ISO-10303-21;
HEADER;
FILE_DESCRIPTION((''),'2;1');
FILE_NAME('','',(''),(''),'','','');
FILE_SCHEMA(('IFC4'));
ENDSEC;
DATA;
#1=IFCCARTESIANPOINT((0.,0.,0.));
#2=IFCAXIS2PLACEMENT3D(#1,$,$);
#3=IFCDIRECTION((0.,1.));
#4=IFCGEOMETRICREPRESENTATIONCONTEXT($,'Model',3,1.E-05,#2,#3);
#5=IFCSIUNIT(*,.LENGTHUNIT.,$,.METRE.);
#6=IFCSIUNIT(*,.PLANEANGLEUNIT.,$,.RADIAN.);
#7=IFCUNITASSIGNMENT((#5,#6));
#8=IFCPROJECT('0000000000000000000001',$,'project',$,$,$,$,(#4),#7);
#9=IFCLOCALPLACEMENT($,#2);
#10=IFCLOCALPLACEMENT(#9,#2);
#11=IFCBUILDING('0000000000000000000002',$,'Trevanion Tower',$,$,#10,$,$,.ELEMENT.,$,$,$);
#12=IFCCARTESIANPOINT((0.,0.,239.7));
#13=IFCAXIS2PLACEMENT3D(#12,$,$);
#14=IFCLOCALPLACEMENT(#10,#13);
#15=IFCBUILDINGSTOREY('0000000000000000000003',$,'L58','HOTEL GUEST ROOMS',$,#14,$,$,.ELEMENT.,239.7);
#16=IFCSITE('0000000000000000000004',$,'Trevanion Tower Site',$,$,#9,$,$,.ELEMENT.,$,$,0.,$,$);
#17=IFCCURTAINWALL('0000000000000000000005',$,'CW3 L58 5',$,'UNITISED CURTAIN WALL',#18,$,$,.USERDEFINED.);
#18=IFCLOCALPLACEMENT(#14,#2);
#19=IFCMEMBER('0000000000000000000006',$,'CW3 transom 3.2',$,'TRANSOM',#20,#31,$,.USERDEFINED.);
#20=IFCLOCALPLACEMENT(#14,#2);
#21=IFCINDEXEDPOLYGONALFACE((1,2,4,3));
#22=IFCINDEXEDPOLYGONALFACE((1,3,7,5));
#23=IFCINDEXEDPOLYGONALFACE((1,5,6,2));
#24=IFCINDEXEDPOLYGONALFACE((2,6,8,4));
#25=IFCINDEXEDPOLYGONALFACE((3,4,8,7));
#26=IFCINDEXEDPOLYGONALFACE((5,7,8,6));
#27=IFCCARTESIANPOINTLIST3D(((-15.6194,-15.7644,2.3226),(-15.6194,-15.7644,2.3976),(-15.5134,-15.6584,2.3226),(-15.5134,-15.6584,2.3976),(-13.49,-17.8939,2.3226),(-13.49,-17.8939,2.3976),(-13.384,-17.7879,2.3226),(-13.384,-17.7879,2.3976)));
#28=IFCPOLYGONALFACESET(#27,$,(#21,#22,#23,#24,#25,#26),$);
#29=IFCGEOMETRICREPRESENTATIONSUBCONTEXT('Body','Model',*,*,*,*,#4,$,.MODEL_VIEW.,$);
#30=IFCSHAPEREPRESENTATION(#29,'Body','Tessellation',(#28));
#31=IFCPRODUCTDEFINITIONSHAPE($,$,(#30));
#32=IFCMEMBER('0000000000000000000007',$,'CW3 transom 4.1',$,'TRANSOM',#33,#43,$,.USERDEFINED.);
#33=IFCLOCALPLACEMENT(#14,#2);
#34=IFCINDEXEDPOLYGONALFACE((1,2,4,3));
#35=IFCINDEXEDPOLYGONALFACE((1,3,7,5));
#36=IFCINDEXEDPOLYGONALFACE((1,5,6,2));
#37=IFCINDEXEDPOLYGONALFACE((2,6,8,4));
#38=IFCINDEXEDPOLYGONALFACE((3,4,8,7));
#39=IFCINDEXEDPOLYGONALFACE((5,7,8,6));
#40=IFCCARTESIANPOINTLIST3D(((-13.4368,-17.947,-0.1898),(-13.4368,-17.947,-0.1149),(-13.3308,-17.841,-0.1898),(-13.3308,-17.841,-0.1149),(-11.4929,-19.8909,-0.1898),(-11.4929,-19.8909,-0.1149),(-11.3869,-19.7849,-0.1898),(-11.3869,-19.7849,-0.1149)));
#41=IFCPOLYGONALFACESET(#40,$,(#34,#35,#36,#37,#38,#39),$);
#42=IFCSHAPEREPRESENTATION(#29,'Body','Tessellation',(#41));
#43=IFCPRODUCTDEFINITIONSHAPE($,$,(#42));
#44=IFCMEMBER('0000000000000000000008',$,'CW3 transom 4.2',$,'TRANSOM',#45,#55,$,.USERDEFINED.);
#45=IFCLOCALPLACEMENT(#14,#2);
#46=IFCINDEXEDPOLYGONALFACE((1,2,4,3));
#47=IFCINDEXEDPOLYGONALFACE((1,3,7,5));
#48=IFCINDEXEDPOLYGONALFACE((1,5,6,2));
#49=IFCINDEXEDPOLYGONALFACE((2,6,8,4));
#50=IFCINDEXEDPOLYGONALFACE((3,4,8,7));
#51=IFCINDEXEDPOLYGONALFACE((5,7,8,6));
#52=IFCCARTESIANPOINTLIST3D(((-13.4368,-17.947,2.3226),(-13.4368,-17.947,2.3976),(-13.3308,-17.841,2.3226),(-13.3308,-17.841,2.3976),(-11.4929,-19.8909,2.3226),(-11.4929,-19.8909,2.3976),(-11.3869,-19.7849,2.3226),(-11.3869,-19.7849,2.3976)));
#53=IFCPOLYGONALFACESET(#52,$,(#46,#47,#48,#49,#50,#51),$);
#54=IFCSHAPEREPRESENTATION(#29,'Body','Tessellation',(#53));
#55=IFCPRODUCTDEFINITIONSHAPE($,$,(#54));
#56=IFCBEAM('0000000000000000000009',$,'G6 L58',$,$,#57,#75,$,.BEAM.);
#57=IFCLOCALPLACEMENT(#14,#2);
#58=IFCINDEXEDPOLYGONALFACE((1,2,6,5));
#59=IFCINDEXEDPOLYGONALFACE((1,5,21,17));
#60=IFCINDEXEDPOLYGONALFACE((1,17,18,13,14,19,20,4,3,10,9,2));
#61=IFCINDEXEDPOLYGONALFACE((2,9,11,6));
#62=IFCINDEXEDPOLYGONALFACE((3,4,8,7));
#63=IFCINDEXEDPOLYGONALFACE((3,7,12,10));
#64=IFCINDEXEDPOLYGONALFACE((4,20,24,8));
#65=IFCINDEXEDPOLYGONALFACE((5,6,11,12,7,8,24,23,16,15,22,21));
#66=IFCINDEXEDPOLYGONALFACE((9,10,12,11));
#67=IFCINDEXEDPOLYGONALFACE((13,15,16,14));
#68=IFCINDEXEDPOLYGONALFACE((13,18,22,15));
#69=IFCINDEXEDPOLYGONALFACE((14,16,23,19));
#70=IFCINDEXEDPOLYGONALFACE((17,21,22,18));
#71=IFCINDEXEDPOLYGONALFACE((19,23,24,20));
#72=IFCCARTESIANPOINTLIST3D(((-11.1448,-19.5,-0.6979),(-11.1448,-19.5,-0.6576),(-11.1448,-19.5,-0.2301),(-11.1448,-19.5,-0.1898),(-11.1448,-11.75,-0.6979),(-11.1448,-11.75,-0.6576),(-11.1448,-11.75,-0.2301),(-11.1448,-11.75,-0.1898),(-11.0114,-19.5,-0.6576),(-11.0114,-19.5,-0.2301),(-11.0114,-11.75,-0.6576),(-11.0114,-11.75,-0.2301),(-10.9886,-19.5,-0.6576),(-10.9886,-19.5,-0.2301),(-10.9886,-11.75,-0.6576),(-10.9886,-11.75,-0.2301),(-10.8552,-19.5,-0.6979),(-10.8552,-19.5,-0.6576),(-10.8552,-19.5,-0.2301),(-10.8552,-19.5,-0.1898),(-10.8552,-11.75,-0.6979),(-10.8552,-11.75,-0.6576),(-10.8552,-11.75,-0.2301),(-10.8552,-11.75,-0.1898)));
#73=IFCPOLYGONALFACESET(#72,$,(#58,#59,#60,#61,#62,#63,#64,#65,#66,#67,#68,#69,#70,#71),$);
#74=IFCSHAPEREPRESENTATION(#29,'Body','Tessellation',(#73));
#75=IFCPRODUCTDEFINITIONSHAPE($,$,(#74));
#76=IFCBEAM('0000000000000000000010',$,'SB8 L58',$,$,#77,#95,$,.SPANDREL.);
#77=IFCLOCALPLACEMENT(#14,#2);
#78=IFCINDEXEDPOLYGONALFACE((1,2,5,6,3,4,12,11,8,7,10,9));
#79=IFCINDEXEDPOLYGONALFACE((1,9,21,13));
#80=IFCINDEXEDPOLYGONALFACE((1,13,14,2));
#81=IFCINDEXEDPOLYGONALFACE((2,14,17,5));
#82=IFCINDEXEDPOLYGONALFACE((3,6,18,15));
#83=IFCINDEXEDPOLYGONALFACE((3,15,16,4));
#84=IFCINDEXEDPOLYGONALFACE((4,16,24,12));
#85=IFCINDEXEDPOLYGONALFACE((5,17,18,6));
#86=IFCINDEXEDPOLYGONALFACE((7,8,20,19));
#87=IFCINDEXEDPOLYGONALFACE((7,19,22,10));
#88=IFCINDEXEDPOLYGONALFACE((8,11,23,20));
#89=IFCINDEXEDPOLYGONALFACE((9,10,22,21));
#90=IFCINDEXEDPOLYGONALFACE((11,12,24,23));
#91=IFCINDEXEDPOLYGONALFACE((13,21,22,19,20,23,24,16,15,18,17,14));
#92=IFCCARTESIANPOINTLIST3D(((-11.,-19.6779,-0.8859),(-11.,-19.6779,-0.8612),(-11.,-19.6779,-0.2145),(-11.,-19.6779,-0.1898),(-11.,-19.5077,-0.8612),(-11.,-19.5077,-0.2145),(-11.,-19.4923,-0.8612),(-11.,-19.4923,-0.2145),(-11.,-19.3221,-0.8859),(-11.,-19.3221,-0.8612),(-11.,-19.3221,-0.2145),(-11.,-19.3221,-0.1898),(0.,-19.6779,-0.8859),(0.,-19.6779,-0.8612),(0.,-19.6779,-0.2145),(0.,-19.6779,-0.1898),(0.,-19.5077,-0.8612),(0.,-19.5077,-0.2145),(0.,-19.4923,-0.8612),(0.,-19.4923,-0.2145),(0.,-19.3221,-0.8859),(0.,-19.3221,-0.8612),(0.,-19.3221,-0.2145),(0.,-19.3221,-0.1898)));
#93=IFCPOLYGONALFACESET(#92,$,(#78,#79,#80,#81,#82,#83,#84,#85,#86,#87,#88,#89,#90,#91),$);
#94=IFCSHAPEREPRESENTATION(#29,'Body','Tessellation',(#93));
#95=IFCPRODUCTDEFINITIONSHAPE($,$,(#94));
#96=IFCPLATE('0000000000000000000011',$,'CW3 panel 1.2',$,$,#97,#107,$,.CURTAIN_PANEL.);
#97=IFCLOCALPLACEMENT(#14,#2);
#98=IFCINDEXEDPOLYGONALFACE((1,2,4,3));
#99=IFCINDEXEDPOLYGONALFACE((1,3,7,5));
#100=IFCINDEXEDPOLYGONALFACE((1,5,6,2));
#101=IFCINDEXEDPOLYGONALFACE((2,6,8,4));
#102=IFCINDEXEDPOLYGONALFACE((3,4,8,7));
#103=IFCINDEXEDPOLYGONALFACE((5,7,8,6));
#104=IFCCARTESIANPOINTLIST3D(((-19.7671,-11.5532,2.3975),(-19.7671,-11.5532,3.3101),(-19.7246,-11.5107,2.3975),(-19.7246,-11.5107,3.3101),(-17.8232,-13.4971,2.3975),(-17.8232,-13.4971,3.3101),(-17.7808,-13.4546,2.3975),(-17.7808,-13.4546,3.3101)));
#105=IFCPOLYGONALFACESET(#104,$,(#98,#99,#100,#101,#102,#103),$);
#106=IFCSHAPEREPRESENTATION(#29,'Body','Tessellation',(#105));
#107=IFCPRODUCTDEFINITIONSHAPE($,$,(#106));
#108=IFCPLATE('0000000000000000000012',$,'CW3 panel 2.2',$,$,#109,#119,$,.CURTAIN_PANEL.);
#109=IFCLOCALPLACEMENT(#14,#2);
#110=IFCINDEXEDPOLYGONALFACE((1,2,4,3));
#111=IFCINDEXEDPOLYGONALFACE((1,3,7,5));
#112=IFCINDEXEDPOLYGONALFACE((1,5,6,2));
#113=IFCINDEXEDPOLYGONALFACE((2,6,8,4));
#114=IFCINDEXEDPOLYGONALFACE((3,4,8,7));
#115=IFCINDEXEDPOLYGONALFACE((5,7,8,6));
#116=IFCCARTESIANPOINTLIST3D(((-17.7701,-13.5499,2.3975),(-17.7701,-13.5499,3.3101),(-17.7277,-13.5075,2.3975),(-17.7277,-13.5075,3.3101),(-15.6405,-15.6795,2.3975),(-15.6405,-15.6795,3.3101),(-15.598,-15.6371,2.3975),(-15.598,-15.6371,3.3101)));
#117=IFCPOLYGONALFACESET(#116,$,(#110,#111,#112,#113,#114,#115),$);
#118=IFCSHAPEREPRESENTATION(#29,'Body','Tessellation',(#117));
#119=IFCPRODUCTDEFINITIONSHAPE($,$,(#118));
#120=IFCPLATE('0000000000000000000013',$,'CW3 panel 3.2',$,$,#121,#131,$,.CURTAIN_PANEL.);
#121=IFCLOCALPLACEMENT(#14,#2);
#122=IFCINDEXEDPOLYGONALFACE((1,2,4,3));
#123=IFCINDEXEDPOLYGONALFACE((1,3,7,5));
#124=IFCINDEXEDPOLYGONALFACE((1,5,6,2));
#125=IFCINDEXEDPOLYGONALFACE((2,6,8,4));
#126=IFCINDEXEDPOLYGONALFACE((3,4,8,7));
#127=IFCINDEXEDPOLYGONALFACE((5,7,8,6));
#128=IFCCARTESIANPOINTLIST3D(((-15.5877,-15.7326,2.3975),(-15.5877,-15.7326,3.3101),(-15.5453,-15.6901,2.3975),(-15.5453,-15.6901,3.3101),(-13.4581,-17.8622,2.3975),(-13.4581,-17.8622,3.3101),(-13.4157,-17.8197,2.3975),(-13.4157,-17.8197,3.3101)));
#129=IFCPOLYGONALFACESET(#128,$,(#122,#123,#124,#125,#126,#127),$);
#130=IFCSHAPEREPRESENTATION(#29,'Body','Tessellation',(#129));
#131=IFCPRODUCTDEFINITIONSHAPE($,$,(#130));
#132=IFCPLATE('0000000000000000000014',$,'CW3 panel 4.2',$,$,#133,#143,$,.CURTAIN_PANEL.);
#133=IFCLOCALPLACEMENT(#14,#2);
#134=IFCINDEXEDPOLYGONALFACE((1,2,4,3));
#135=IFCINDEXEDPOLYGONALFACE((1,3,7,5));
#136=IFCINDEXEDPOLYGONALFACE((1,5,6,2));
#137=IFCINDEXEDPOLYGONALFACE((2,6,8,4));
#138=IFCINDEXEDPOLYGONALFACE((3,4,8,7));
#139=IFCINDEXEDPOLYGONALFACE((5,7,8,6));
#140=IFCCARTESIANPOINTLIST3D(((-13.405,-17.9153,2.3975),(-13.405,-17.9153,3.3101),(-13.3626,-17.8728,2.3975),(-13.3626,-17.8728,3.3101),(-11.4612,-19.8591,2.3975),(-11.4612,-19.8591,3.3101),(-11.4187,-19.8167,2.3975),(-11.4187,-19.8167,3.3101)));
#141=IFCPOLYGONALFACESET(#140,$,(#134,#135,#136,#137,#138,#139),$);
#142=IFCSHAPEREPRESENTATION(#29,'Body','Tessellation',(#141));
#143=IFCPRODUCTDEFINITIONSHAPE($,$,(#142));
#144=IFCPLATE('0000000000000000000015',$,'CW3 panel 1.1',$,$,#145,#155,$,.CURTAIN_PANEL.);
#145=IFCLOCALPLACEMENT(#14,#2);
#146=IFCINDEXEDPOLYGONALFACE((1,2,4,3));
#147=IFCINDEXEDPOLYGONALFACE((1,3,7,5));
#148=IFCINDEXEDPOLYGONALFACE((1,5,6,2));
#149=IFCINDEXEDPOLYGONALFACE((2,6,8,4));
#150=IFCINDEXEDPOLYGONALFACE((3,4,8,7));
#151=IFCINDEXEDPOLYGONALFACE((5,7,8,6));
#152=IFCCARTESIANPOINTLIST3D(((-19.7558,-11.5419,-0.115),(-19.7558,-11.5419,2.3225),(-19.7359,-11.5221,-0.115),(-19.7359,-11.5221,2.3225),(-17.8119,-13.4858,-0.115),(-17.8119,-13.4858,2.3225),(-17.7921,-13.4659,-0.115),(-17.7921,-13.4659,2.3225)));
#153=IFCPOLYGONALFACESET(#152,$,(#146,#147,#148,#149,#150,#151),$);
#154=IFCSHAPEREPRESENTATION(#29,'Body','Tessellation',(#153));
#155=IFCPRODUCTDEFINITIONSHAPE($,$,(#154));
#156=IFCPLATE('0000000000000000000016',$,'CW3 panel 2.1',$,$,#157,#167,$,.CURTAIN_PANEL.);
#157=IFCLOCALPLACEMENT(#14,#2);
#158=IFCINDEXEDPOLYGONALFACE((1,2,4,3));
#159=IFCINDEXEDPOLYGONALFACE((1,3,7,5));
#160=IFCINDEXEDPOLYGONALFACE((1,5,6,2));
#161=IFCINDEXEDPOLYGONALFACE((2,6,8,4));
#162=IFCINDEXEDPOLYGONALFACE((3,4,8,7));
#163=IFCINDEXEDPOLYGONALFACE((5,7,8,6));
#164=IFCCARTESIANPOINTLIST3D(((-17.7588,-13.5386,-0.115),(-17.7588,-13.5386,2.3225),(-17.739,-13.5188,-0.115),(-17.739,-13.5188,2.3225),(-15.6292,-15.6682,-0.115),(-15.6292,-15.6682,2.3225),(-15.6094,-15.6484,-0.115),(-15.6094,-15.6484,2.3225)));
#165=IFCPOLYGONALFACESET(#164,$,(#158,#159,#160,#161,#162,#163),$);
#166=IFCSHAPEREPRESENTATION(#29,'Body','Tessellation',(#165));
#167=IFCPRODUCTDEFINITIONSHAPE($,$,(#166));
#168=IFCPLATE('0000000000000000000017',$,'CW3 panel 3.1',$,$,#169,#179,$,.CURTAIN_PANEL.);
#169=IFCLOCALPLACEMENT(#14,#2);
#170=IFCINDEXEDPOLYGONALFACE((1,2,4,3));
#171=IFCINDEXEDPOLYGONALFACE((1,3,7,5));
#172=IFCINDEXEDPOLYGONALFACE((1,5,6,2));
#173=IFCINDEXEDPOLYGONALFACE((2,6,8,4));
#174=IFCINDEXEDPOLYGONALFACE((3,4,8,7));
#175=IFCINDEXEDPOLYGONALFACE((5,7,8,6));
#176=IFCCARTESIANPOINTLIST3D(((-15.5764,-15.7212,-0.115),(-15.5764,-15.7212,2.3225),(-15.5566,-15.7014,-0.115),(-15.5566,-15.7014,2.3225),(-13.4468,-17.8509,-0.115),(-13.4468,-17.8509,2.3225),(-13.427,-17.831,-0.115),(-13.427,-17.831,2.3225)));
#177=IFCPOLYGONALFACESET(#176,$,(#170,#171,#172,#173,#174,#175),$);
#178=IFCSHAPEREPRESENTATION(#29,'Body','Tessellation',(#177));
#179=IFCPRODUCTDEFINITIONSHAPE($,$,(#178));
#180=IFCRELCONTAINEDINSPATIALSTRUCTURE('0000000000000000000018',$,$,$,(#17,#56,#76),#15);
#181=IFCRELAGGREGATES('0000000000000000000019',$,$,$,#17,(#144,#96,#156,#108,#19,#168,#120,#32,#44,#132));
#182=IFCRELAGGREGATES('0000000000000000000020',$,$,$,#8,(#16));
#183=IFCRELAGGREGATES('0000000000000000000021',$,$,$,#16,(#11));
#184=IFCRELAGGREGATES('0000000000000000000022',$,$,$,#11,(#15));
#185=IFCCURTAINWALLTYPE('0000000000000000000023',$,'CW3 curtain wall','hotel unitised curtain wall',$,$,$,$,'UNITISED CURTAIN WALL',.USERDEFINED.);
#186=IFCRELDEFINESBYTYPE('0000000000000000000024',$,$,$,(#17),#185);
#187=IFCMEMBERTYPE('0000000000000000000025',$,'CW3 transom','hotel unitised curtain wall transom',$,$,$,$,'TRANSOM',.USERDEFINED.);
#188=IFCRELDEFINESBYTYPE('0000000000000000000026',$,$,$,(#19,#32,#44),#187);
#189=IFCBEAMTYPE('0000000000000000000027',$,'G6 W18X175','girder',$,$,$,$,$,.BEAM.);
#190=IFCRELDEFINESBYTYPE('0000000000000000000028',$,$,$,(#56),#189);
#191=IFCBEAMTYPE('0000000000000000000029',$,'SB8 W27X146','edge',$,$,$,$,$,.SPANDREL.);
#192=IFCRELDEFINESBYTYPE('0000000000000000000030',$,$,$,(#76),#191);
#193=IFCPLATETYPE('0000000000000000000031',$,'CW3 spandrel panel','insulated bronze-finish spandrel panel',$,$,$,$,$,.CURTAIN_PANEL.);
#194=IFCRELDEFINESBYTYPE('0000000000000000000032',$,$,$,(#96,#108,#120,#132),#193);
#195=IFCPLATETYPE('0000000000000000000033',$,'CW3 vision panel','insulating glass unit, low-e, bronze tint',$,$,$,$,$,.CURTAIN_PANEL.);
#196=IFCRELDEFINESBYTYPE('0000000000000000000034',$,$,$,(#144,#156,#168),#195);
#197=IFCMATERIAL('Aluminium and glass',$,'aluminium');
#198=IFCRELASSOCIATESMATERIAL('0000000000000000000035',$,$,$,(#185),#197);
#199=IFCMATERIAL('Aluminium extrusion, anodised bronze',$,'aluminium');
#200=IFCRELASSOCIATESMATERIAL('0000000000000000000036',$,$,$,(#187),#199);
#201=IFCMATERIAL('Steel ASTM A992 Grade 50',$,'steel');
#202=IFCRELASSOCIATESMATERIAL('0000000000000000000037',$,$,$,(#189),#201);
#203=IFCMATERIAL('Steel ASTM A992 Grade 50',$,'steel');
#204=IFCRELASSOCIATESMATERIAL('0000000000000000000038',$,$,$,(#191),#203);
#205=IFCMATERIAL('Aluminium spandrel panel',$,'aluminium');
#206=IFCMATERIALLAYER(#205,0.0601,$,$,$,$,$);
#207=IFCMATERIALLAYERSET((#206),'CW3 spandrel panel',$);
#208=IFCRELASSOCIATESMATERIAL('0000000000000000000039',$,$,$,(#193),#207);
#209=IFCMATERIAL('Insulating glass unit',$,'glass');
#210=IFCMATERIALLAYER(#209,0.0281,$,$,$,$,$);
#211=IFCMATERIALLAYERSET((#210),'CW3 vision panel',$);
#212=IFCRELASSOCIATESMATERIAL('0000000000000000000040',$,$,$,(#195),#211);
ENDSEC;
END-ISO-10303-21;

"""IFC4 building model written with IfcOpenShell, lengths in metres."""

from ifc_helpers import new_model, si_unit, direction, frame, origin, origin_2d, place, context, subcontext, project, spatial, rectangle, i_section, extrude, material, layer, layer_set, material_profile, profile_set, type_object, element, aggregate, save


model = new_model("IFC4")

# Units and contexts
model_context = context("Model", 3, precision=1e-05, world=origin(), true_north=direction((0.0, 1.0)))
body_context = subcontext(model_context, "Body", "Model", "MODEL_VIEW")
ifc_project = project(units=[si_unit("LENGTHUNIT", "METRE"), si_unit("PLANEANGLEUNIT", "RADIAN")], contexts=[model_context])

# Site, building, storey
site_placement = place(None, origin())
site = spatial("IfcSite", under=ifc_project, at=site_placement, Name="Trevanion Tower Site", CompositionType="ELEMENT", RefElevation=0.0)
building_placement = place(site_placement, origin())
building = spatial("IfcBuilding", under=site, at=building_placement, Name="Trevanion Tower", CompositionType="ELEMENT")
storey_placement = place(building_placement, frame((0.0, 0.0, 239.7)))
storey = spatial("IfcBuildingStorey", under=building, at=storey_placement, Name="L58", Description="HOTEL GUEST ROOMS", CompositionType="ELEMENT", Elevation=239.7)

# Curtain wall, members
ifc_material_1 = material(Name="Aluminium and glass", Category="aluminium")
curtain_wall_type = type_object("IfcCurtainWallType", Name="CW3 curtain wall", Description="hotel unitised curtain wall", ElementType="UNITISED CURTAIN WALL", PredefinedType="USERDEFINED", material=ifc_material_1)
curtain_wall_placement = place(storey_placement, origin())
curtain_wall = element("IfcCurtainWall", 1, at=curtain_wall_placement, inside=storey, type_object=curtain_wall_type, Name="CW3 L58 5", ObjectType="UNITISED CURTAIN WALL", PredefinedType="USERDEFINED")
ifc_material_2 = material(Name="Aluminium extrusion, anodised bronze", Category="aluminium")
ifc_material_profile_1 = material_profile(ifc_material_2, rectangle(XDim=0.1499, YDim=0.075, at=origin_2d()), Name="CW3 transom")
ifc_profile_set_1 = profile_set([ifc_material_profile_1], Name="Aluminium extrusion, anodised bronze")
member_type_1 = type_object("IfcMemberType", Name="CW3 transom", Description="hotel unitised curtain wall transom", ElementType="TRANSOM", PredefinedType="USERDEFINED", material=ifc_profile_set_1)
member_1_placement = place(storey_placement, frame((-15.5664, -15.7114, 2.3601), z_axis=(0.707107, -0.707107, 0.0), x_axis=(0.707107, 0.707107, 0.0)))
member_1 = element("IfcMember", 2, at=member_1_placement, type_object=member_type_1, Name="CW3 transom 3.2", ObjectType="TRANSOM", PredefinedType="USERDEFINED", context=body_context, shape_type="SweptSolid", body=[
    extrude(rectangle(XDim=0.1499, YDim=0.075, at=origin_2d()), origin(), (0.0, 0.0, 1.0), 3.0115),
])
member_2_placement = place(storey_placement, frame((-13.3838, -17.894, -0.1523), z_axis=(0.707107, -0.707107, 0.0), x_axis=(0.707107, 0.707107, 0.0)))
member_2 = element("IfcMember", 3, at=member_2_placement, type_object=member_type_1, Name="CW3 transom 4.1", ObjectType="TRANSOM", PredefinedType="USERDEFINED", context=body_context, shape_type="SweptSolid", body=[
    extrude(rectangle(XDim=0.1499, YDim=0.075, at=origin_2d()), origin(), (0.0, 0.0, 1.0), 2.749),
])
member_3_placement = place(storey_placement, frame((-13.3838, -17.894, 2.3601), z_axis=(0.707107, -0.707107, 0.0), x_axis=(0.707107, 0.707107, 0.0)))
member_3 = element("IfcMember", 4, at=member_3_placement, type_object=member_type_1, Name="CW3 transom 4.2", ObjectType="TRANSOM", PredefinedType="USERDEFINED", context=body_context, shape_type="SweptSolid", body=[
    extrude(rectangle(XDim=0.1499, YDim=0.075, at=origin_2d()), origin(), (0.0, 0.0, 1.0), 2.749),
])

# Beams
ifc_material_3 = material(Name="Steel ASTM A992 Grade 50", Category="steel")
ifc_material_profile_2 = material_profile(ifc_material_3, i_section(OverallWidth=0.2896, OverallDepth=0.5081, WebThickness=0.0227, FlangeThickness=0.0403, at=origin_2d()), Name="W18X175")
ifc_profile_set_2 = profile_set([ifc_material_profile_2], Name="Steel ASTM A992 Grade 50")
beam_type_1 = type_object("IfcBeamType", Name="G6 W18X175", Description="girder", PredefinedType="BEAM", material=ifc_profile_set_2)
beam_1_placement = place(storey_placement, frame((-11.0, -11.75, -0.4438), z_axis=(0.0, -1.0, 0.0), x_axis=(1.0, 0.0, 0.0)))
element("IfcBeam", 5, at=beam_1_placement, inside=storey, type_object=beam_type_1, Name="G6 L58", PredefinedType="BEAM", context=body_context, shape_type="SweptSolid", body=[
    extrude(i_section(OverallWidth=0.2896, OverallDepth=0.5081, WebThickness=0.0227, FlangeThickness=0.0403, at=origin_2d()), origin(), (0.0, 0.0, 1.0), 7.75),
])
ifc_material_4 = material(Name="Steel ASTM A992 Grade 50", Category="steel")
ifc_material_profile_3 = material_profile(ifc_material_4, i_section(OverallWidth=0.3557, OverallDepth=0.696, WebThickness=0.0154, FlangeThickness=0.0247, at=origin_2d()), Name="W27X146")
ifc_profile_set_3 = profile_set([ifc_material_profile_3], Name="Steel ASTM A992 Grade 50")
beam_type_2 = type_object("IfcBeamType", Name="SB8 W27X146", Description="edge", PredefinedType="SPANDREL", material=ifc_profile_set_3)
beam_2_placement = place(storey_placement, frame((-11.0, -19.5, -0.5378), z_axis=(1.0, 0.0, 0.0), x_axis=(0.0, 1.0, 0.0)))
element("IfcBeam", 6, at=beam_2_placement, inside=storey, type_object=beam_type_2, Name="SB8 L58", PredefinedType="SPANDREL", context=body_context, shape_type="SweptSolid", body=[
    extrude(i_section(OverallWidth=0.3557, OverallDepth=0.696, WebThickness=0.0154, FlangeThickness=0.0247, at=origin_2d()), origin(), (0.0, 0.0, 1.0), 11.0),
])

# Plates
ifc_material_5 = material(Name="Aluminium spandrel panel", Category="aluminium")
ifc_layer_1 = layer(ifc_material_5, 0.0601)
ifc_layer_set_1 = layer_set([ifc_layer_1], Name="CW3 spandrel panel")
plate_type_1 = type_object("IfcPlateType", Name="CW3 spandrel panel", Description="insulated bronze-finish spandrel panel", PredefinedType="CURTAIN_PANEL", material=ifc_layer_set_1)
plate_1_placement = place(storey_placement, frame((-18.7739, -12.5039, 2.3975), z_axis=(0.0, 0.0, 1.0), x_axis=(0.707107, -0.707107, 0.0)))
plate_1 = element("IfcPlate", 7, at=plate_1_placement, type_object=plate_type_1, Name="CW3 panel 1.2", PredefinedType="CURTAIN_PANEL", context=body_context, shape_type="SweptSolid", body=[
    extrude(rectangle(XDim=2.749, YDim=0.0601, at=origin_2d()), origin(), (0.0, 0.0, 1.0), 0.9126),
])
plate_2_placement = place(storey_placement, frame((-16.6841, -14.5935, 2.3975), z_axis=(0.0, 0.0, 1.0), x_axis=(0.707107, -0.707107, 0.0)))
plate_2 = element("IfcPlate", 8, at=plate_2_placement, type_object=plate_type_1, Name="CW3 panel 2.2", PredefinedType="CURTAIN_PANEL", context=body_context, shape_type="SweptSolid", body=[
    extrude(rectangle(XDim=3.0117, YDim=0.0601, at=origin_2d()), origin(), (0.0, 0.0, 1.0), 0.9126),
])
plate_3_placement = place(storey_placement, frame((-14.5017, -16.7761, 2.3975), z_axis=(0.0, 0.0, 1.0), x_axis=(0.707107, -0.707107, 0.0)))
plate_3 = element("IfcPlate", 9, at=plate_3_placement, type_object=plate_type_1, Name="CW3 panel 3.2", PredefinedType="CURTAIN_PANEL", context=body_context, shape_type="SweptSolid", body=[
    extrude(rectangle(XDim=3.0117, YDim=0.0601, at=origin_2d()), origin(), (0.0, 0.0, 1.0), 0.9126),
])
plate_4_placement = place(storey_placement, frame((-12.4119, -18.866, 2.3975), z_axis=(0.0, 0.0, 1.0), x_axis=(0.707107, -0.707107, 0.0)))
plate_4 = element("IfcPlate", 10, at=plate_4_placement, type_object=plate_type_1, Name="CW3 panel 4.2", PredefinedType="CURTAIN_PANEL", context=body_context, shape_type="SweptSolid", body=[
    extrude(rectangle(XDim=2.749, YDim=0.0601, at=origin_2d()), origin(), (0.0, 0.0, 1.0), 0.9126),
])
ifc_material_6 = material(Name="Insulating glass unit", Category="glass")
ifc_layer_2 = layer(ifc_material_6, 0.0281)
ifc_layer_set_2 = layer_set([ifc_layer_2], Name="CW3 vision panel")
plate_type_2 = type_object("IfcPlateType", Name="CW3 vision panel", Description="insulating glass unit, low-e, bronze tint", PredefinedType="CURTAIN_PANEL", material=ifc_layer_set_2)
plate_5_placement = place(storey_placement, frame((-18.7739, -12.5039, -0.115), z_axis=(0.0, 0.0, 1.0), x_axis=(0.707107, -0.707107, 0.0)))
plate_5 = element("IfcPlate", 11, at=plate_5_placement, type_object=plate_type_2, Name="CW3 panel 1.1", PredefinedType="CURTAIN_PANEL", context=body_context, shape_type="SweptSolid", body=[
    extrude(rectangle(XDim=2.749, YDim=0.0281, at=origin_2d()), origin(), (0.0, 0.0, 1.0), 2.4375),
])
plate_6_placement = place(storey_placement, frame((-16.6841, -14.5935, -0.115), z_axis=(0.0, 0.0, 1.0), x_axis=(0.707107, -0.707107, 0.0)))
plate_6 = element("IfcPlate", 12, at=plate_6_placement, type_object=plate_type_2, Name="CW3 panel 2.1", PredefinedType="CURTAIN_PANEL", context=body_context, shape_type="SweptSolid", body=[
    extrude(rectangle(XDim=3.0117, YDim=0.0281, at=origin_2d()), origin(), (0.0, 0.0, 1.0), 2.4375),
])
plate_7_placement = place(storey_placement, frame((-14.5017, -16.7761, -0.115), z_axis=(0.0, 0.0, 1.0), x_axis=(0.707107, -0.707107, 0.0)))
plate_7 = element("IfcPlate", 13, at=plate_7_placement, type_object=plate_type_2, Name="CW3 panel 3.1", PredefinedType="CURTAIN_PANEL", context=body_context, shape_type="SweptSolid", body=[
    extrude(rectangle(XDim=3.0117, YDim=0.0281, at=origin_2d()), origin(), (0.0, 0.0, 1.0), 2.4375),
])
aggregate(curtain_wall, [plate_5, plate_1, plate_6, plate_2, member_1, plate_7, plate_3, member_2, member_3, plate_4])

save(model, "model.ifc")
